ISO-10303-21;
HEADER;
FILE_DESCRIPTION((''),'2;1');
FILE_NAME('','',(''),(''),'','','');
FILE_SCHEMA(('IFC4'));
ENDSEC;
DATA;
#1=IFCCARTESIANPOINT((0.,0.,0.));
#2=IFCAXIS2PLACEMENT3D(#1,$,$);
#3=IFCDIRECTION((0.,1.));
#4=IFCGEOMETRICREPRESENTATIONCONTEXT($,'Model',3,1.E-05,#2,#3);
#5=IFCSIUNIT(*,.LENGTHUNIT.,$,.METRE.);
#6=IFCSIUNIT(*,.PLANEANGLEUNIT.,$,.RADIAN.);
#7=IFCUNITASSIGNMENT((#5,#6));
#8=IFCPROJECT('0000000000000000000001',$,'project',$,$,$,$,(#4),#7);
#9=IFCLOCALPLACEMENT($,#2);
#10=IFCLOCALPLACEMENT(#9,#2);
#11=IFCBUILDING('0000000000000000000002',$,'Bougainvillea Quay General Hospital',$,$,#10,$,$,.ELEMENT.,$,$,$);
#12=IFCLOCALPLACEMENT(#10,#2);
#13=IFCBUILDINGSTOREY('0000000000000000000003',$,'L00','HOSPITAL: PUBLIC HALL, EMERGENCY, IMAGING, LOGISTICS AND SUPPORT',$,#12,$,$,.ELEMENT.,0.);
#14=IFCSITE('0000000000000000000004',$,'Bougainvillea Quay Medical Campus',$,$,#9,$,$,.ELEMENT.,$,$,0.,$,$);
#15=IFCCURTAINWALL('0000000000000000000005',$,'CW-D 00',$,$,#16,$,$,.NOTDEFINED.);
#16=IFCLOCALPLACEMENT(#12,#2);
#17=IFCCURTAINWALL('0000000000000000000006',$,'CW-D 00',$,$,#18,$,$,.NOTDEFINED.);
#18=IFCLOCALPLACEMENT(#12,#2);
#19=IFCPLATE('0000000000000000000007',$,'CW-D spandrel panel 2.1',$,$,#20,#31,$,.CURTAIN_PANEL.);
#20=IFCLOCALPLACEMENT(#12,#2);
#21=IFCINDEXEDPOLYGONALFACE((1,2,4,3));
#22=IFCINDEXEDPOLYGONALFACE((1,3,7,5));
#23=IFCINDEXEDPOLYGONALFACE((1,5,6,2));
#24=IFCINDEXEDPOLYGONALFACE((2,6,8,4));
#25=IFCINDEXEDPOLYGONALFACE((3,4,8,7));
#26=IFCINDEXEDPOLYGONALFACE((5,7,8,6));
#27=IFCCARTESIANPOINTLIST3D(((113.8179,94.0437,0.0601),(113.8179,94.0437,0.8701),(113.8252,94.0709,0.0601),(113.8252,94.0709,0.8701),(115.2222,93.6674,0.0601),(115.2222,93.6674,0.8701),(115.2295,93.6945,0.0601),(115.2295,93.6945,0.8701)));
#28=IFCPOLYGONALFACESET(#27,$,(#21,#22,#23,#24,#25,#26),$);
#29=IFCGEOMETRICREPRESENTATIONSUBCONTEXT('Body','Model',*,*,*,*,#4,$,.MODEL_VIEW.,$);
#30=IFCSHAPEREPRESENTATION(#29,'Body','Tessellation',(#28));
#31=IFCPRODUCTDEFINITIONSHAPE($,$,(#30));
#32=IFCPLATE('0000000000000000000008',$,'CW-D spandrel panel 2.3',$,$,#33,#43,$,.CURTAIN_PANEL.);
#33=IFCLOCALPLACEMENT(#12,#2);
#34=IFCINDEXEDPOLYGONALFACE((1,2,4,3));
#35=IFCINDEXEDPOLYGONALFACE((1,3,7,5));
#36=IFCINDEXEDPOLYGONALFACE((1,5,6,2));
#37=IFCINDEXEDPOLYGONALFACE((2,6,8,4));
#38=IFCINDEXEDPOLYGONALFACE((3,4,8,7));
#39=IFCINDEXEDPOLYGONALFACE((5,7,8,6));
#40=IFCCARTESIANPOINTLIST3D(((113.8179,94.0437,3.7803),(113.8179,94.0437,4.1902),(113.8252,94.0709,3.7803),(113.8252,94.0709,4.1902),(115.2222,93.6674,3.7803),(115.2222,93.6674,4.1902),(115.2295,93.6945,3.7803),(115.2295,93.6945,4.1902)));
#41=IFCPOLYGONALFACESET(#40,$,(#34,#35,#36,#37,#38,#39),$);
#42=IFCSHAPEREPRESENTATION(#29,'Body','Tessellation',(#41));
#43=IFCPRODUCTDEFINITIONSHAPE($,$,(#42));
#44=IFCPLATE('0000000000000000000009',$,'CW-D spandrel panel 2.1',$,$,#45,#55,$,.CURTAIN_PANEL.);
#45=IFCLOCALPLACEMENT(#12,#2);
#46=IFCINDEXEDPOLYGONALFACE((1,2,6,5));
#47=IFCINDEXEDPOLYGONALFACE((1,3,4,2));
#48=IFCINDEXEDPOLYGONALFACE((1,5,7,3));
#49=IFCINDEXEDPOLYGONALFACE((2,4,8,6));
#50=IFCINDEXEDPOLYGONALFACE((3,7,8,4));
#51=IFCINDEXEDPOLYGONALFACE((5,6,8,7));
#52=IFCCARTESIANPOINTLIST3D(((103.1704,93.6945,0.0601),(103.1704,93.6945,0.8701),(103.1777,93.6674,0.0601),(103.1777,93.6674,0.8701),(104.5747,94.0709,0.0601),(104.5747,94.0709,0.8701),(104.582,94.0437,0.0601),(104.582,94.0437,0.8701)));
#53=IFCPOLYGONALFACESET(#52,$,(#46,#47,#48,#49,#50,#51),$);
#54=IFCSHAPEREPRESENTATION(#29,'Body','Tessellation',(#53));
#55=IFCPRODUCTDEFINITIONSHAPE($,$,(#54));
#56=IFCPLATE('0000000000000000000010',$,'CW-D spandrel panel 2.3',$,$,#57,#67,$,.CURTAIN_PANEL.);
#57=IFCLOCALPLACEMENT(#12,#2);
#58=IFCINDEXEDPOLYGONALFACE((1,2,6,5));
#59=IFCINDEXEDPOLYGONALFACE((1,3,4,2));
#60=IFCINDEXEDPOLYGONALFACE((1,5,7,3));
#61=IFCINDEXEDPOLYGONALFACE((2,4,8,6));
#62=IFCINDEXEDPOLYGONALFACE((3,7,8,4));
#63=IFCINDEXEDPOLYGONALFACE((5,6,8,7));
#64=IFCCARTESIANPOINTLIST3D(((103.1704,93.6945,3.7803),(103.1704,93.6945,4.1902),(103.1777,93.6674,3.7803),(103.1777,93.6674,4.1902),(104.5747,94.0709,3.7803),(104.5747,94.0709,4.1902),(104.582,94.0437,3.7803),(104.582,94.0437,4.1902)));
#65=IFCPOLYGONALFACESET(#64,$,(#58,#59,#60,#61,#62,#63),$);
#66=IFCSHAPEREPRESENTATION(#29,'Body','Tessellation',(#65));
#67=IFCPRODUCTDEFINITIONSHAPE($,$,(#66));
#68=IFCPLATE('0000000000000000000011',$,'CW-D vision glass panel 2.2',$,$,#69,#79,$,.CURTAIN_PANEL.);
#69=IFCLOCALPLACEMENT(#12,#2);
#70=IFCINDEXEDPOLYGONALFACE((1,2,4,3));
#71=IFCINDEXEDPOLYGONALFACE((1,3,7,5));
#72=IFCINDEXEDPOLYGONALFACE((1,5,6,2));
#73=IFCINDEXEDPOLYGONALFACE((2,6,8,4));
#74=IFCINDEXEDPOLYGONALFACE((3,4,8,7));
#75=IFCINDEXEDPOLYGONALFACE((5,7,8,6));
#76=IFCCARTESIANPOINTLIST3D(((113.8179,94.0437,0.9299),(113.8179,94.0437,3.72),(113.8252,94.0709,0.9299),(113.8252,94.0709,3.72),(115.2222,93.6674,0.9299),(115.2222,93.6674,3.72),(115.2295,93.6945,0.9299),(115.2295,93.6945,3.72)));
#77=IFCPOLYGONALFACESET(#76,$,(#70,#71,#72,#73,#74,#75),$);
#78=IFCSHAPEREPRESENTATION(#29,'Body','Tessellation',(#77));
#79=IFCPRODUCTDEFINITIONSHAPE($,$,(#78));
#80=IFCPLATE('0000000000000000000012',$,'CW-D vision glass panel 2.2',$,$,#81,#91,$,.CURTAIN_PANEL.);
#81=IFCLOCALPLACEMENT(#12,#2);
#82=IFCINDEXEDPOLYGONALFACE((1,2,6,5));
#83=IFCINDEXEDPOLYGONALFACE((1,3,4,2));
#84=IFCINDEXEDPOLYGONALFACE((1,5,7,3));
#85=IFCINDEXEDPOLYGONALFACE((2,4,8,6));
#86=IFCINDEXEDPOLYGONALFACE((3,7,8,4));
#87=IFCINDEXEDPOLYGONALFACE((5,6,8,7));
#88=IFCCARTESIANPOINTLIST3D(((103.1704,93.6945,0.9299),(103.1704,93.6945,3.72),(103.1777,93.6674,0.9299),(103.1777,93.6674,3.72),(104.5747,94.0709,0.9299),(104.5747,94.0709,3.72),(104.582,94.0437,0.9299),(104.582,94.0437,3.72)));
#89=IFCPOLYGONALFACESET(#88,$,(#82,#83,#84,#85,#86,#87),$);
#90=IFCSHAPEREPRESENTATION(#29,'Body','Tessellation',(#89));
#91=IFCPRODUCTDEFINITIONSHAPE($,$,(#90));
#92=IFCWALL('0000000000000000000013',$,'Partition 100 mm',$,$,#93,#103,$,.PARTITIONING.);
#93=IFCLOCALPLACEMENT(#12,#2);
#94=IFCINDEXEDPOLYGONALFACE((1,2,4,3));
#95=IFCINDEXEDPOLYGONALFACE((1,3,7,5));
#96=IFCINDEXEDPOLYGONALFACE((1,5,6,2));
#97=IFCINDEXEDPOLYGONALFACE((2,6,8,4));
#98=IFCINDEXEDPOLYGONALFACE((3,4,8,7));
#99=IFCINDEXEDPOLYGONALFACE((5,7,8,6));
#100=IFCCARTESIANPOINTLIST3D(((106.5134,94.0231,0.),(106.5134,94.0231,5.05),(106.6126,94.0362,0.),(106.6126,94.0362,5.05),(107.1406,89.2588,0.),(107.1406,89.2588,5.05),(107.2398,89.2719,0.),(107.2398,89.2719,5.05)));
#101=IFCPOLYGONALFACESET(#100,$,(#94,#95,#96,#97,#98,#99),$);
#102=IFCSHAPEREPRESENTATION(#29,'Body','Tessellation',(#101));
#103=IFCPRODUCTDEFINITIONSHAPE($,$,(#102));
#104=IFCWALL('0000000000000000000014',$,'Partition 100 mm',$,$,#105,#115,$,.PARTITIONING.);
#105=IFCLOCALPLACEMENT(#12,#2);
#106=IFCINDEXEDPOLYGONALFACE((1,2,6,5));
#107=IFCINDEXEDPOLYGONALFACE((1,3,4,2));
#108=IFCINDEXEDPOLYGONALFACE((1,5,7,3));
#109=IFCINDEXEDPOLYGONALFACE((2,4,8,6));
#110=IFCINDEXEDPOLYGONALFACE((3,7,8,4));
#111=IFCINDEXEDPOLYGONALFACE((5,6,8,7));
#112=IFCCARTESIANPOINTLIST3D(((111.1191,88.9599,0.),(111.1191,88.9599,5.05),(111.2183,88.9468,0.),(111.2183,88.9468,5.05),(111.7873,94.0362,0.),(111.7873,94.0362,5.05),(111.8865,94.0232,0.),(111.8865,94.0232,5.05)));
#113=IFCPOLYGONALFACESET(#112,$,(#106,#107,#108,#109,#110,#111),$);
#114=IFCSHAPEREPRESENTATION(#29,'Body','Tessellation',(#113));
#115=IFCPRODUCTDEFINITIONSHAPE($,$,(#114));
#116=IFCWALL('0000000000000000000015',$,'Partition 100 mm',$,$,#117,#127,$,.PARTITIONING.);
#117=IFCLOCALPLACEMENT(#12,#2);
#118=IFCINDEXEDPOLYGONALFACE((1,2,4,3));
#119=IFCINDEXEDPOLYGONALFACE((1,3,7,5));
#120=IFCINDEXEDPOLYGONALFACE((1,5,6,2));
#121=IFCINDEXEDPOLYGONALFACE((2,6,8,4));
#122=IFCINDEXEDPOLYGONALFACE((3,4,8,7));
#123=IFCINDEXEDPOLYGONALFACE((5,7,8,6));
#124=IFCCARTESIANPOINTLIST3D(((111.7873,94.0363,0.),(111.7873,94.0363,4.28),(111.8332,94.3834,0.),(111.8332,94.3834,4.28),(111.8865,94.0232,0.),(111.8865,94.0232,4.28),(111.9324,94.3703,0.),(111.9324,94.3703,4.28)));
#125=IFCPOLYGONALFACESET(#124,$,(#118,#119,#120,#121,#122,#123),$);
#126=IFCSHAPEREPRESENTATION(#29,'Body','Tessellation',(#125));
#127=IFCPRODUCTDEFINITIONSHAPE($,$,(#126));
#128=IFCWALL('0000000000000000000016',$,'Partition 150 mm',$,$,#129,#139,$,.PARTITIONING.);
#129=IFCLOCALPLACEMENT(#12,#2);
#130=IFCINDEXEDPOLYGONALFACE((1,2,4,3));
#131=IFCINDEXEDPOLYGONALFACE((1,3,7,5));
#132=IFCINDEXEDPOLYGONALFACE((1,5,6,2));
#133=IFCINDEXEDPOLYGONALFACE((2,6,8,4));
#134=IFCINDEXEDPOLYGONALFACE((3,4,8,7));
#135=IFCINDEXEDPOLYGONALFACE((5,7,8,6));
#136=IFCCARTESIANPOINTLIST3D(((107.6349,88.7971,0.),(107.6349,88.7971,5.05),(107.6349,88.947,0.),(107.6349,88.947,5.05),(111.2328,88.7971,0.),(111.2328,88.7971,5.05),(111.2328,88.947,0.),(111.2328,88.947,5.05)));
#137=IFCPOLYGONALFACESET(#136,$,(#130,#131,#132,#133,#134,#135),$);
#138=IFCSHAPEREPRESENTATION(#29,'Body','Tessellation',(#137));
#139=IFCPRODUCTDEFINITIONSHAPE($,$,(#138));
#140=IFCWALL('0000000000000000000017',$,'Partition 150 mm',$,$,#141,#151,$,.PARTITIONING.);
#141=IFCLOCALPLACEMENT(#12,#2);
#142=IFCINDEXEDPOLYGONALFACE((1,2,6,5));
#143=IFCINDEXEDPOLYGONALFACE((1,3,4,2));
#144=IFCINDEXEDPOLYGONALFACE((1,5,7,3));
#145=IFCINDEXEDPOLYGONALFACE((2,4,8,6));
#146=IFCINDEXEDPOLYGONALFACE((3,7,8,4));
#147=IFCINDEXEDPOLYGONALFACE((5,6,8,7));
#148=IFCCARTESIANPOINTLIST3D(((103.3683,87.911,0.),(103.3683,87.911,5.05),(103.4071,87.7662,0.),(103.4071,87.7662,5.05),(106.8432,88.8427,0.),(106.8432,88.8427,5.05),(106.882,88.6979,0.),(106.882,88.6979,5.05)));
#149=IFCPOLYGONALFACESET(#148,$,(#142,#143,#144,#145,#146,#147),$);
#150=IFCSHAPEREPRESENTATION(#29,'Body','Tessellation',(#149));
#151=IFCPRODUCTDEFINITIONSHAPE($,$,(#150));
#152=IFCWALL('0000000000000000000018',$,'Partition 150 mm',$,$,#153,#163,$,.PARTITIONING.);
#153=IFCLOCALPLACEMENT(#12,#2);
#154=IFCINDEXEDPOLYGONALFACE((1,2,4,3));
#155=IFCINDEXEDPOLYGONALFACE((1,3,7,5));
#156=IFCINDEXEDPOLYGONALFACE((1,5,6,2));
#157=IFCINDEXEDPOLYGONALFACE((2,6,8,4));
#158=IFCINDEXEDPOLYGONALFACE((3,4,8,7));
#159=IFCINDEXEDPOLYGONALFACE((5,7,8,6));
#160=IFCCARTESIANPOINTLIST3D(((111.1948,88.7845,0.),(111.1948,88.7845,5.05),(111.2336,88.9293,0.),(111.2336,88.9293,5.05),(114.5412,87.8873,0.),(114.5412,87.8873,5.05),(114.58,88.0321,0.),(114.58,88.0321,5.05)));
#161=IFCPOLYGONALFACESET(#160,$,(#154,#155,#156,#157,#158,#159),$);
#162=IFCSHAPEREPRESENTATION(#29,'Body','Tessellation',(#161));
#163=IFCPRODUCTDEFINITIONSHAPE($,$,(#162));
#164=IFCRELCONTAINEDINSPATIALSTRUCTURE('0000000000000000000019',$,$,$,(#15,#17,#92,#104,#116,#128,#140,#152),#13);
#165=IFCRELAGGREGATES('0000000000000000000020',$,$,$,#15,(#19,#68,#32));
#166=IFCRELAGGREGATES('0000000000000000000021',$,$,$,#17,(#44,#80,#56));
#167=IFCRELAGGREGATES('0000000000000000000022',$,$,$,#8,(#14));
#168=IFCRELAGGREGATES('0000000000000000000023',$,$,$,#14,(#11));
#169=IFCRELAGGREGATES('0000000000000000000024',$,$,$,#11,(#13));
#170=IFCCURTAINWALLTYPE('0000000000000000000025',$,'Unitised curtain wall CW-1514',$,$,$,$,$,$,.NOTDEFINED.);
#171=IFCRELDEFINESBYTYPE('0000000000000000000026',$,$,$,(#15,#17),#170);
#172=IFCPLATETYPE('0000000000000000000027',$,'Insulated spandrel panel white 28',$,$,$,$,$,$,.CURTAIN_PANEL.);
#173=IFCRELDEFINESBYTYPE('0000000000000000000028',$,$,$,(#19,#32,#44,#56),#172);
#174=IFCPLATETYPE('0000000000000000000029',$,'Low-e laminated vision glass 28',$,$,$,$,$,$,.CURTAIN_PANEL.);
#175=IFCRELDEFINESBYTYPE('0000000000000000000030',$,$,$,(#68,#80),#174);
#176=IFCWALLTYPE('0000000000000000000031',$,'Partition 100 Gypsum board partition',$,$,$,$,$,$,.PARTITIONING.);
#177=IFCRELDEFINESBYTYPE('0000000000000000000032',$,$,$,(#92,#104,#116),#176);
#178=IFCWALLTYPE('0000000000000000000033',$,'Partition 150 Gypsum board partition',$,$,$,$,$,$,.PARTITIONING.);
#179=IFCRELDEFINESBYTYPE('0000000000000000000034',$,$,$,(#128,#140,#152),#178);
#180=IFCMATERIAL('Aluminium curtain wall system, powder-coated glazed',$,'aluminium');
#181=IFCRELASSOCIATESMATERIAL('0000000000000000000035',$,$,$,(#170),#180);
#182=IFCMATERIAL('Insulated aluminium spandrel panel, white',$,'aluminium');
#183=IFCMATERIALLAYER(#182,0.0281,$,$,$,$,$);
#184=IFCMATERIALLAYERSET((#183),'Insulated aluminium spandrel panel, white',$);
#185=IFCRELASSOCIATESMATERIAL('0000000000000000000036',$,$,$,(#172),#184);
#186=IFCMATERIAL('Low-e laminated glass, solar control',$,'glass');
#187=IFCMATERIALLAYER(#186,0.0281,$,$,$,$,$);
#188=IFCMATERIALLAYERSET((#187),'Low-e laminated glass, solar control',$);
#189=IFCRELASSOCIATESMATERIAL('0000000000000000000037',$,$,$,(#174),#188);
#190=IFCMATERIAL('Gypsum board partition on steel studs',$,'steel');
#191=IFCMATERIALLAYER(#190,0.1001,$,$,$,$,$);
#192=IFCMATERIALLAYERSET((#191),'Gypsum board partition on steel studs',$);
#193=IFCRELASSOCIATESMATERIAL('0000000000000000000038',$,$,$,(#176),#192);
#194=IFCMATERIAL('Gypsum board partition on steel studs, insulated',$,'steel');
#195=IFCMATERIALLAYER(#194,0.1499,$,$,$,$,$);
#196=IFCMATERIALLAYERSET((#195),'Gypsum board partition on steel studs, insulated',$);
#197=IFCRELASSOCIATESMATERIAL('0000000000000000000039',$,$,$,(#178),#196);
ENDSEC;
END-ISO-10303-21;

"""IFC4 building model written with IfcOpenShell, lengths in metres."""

from ifc_helpers import new_model, si_unit, direction, frame, frame_2d, origin, origin_2d, place, context, subcontext, project, spatial, rectangle, extrude, material, layer, layer_set, type_object, element, aggregate, save


model = new_model("IFC4")

# Units and contexts
model_context = context("Model", 3, precision=1e-05, world=origin(), true_north=direction((0.0, 1.0)))
body_context = subcontext(model_context, "Body", "Model", "MODEL_VIEW")
ifc_project = project(units=[si_unit("LENGTHUNIT", "METRE"), si_unit("PLANEANGLEUNIT", "RADIAN")], contexts=[model_context])

# Site, building, storey
site_placement = place(None, origin())
site = spatial("IfcSite", under=ifc_project, at=site_placement, Name="Bougainvillea Quay Medical Campus", CompositionType="ELEMENT", RefElevation=0.0)
building_placement = place(site_placement, origin())
building = spatial("IfcBuilding", under=site, at=building_placement, Name="Bougainvillea Quay General Hospital", CompositionType="ELEMENT")
storey_placement = place(building_placement, origin())
storey = spatial("IfcBuildingStorey", under=building, at=storey_placement, Name="L00", Description="HOSPITAL: PUBLIC HALL, EMERGENCY, IMAGING, LOGISTICS AND SUPPORT", CompositionType="ELEMENT", Elevation=0.0)

# Curtain walls
ifc_material_1 = material(Name="Aluminium curtain wall system, powder-coated glazed", Category="aluminium")
curtain_wall_type = type_object("IfcCurtainWallType", Name="Unitised curtain wall CW-1514", PredefinedType="NOTDEFINED", material=ifc_material_1)
curtain_wall_1_placement = place(storey_placement, origin())
curtain_wall_1 = element("IfcCurtainWall", 1, at=curtain_wall_1_placement, inside=storey, type_object=curtain_wall_type, Name="CW-D 00", PredefinedType="NOTDEFINED")
curtain_wall_2_placement = place(storey_placement, origin())
curtain_wall_2 = element("IfcCurtainWall", 2, at=curtain_wall_2_placement, inside=storey, type_object=curtain_wall_type, Name="CW-D 00", PredefinedType="NOTDEFINED")

# Plates
ifc_material_2 = material(Name="Insulated aluminium spandrel panel, white", Category="aluminium")
ifc_layer_1 = layer(ifc_material_2, 0.0281)
ifc_layer_set_1 = layer_set([ifc_layer_1], Name="Insulated aluminium spandrel panel, white")
plate_type_1 = type_object("IfcPlateType", Name="Insulated spandrel panel white 28", PredefinedType="CURTAIN_PANEL", material=ifc_layer_set_1)
plate_1_placement = place(storey_placement, frame((114.5237, 93.8691, 0.0601), z_axis=(0.0, 0.0, 1.0), x_axis=(-0.965916, 0.258855, 0.0)))
plate_1 = element("IfcPlate", 3, at=plate_1_placement, type_object=plate_type_1, Name="CW-D spandrel panel 2.1", PredefinedType="CURTAIN_PANEL", context=body_context, shape_type="SweptSolid", body=[
    extrude(rectangle(XDim=1.4539, YDim=0.0281, at=origin_2d()), origin(), (0.0, 0.0, 1.0), 0.8101),
])
plate_2_placement = place(storey_placement, frame((114.5237, 93.8691, 3.7803), z_axis=(0.0, 0.0, 1.0), x_axis=(-0.965916, 0.258855, 0.0)))
plate_2 = element("IfcPlate", 4, at=plate_2_placement, type_object=plate_type_1, Name="CW-D spandrel panel 2.3", PredefinedType="CURTAIN_PANEL", context=body_context, shape_type="SweptSolid", body=[
    extrude(rectangle(XDim=1.4539, YDim=0.0281, at=origin_2d()), origin(), (0.0, 0.0, 1.0), 0.4099),
])
plate_3_placement = place(storey_placement, frame((103.8762, 93.8691, 0.0601), z_axis=(0.0, 0.0, 1.0), x_axis=(-0.965916, -0.258855, 0.0)))
plate_3 = element("IfcPlate", 5, at=plate_3_placement, type_object=plate_type_1, Name="CW-D spandrel panel 2.1", PredefinedType="CURTAIN_PANEL", context=body_context, shape_type="SweptSolid", body=[
    extrude(rectangle(XDim=1.4539, YDim=0.0281, at=origin_2d()), origin(), (0.0, 0.0, 1.0), 0.8101),
])
plate_4_placement = place(storey_placement, frame((103.8762, 93.8691, 3.7803), z_axis=(0.0, 0.0, 1.0), x_axis=(-0.965916, -0.258855, 0.0)))
plate_4 = element("IfcPlate", 6, at=plate_4_placement, type_object=plate_type_1, Name="CW-D spandrel panel 2.3", PredefinedType="CURTAIN_PANEL", context=body_context, shape_type="SweptSolid", body=[
    extrude(rectangle(XDim=1.4539, YDim=0.0281, at=origin_2d()), origin(), (0.0, 0.0, 1.0), 0.4099),
])
ifc_material_3 = material(Name="Low-e laminated glass, solar control", Category="glass")
ifc_layer_2 = layer(ifc_material_3, 0.0281)
ifc_layer_set_2 = layer_set([ifc_layer_2], Name="Low-e laminated glass, solar control")
plate_type_2 = type_object("IfcPlateType", Name="Low-e laminated vision glass 28", PredefinedType="CURTAIN_PANEL", material=ifc_layer_set_2)
plate_5_placement = place(storey_placement, frame((114.5237, 93.8691, 0.9299), z_axis=(0.0, 0.0, 1.0), x_axis=(-0.965916, 0.258855, 0.0)))
plate_5 = element("IfcPlate", 7, at=plate_5_placement, type_object=plate_type_2, Name="CW-D vision glass panel 2.2", PredefinedType="CURTAIN_PANEL", context=body_context, shape_type="SweptSolid", body=[
    extrude(rectangle(XDim=1.4539, YDim=0.0281, at=origin_2d()), origin(), (0.0, 0.0, 1.0), 2.79),
])
aggregate(curtain_wall_1, [plate_1, plate_5, plate_2])
plate_6_placement = place(storey_placement, frame((103.8762, 93.8691, 0.9299), z_axis=(0.0, 0.0, 1.0), x_axis=(-0.965916, -0.258855, 0.0)))
plate_6 = element("IfcPlate", 8, at=plate_6_placement, type_object=plate_type_2, Name="CW-D vision glass panel 2.2", PredefinedType="CURTAIN_PANEL", context=body_context, shape_type="SweptSolid", body=[
    extrude(rectangle(XDim=1.4539, YDim=0.0281, at=origin_2d()), origin(), (0.0, 0.0, 1.0), 2.79),
])
aggregate(curtain_wall_2, [plate_3, plate_6, plate_4])

# Walls
ifc_material_4 = material(Name="Gypsum board partition on steel studs", Category="steel")
ifc_layer_3 = layer(ifc_material_4, 0.1001)
ifc_layer_set_3 = layer_set([ifc_layer_3], Name="Gypsum board partition on steel studs")
wall_type_1 = type_object("IfcWallType", Name="Partition 100 Gypsum board partition", PredefinedType="PARTITIONING", material=ifc_layer_set_3)
wall_1_placement = place(storey_placement, frame((106.563, 94.0298, 0.0), z_axis=(0.0, 0.0, 1.0), x_axis=(0.130516, -0.991446, 0.0)))
element("IfcWall", 9, at=wall_1_placement, inside=storey, type_object=wall_type_1, Name="Partition 100 mm", PredefinedType="PARTITIONING", context=body_context, shape_type="SweptSolid", body=[
    extrude(rectangle(XDim=4.8054, YDim=0.1001, at=frame_2d((2.4028, 0.0))), origin(), (0.0, 0.0, 1.0), 5.05),
])
wall_2_placement = place(storey_placement, frame((111.1687, 88.9534, 0.0), z_axis=(0.0, 0.0, 1.0), x_axis=(0.130505, 0.991448, 0.0)))
element("IfcWall", 10, at=wall_2_placement, inside=storey, type_object=wall_type_1, Name="Partition 100 mm", PredefinedType="PARTITIONING", context=body_context, shape_type="SweptSolid", body=[
    extrude(rectangle(XDim=5.1201, YDim=0.1001, at=frame_2d((2.5601, 0.0))), origin(), (0.0, 0.0, 1.0), 5.05),
])
wall_3_placement = place(storey_placement, frame((111.8369, 94.0298, 0.0), z_axis=(0.0, 0.0, 1.0), x_axis=(0.131068, 0.991373, 0.0)))
element("IfcWall", 11, at=wall_3_placement, inside=storey, type_object=wall_type_1, Name="Partition 100 mm", PredefinedType="PARTITIONING", context=body_context, shape_type="SweptSolid", body=[
    extrude(rectangle(XDim=0.3501, YDim=0.1001, at=frame_2d((0.175, 0.0))), origin(), (0.0, 0.0, 1.0), 4.28),
])
ifc_material_5 = material(Name="Gypsum board partition on steel studs, insulated", Category="steel")
ifc_layer_4 = layer(ifc_material_5, 0.1499)
ifc_layer_set_4 = layer_set([ifc_layer_4], Name="Gypsum board partition on steel studs, insulated")
wall_type_2 = type_object("IfcWallType", Name="Partition 150 Gypsum board partition", PredefinedType="PARTITIONING", material=ifc_layer_set_4)
wall_4_placement = place(storey_placement, frame((107.635, 88.8721, 0.0), z_axis=(0.0, 0.0, 1.0), x_axis=(1.0, 0.0, 0.0)))
element("IfcWall", 12, at=wall_4_placement, inside=storey, type_object=wall_type_2, Name="Partition 150 mm", PredefinedType="PARTITIONING", context=body_context, shape_type="SweptSolid", body=[
    extrude(rectangle(XDim=3.5979, YDim=0.1499, at=frame_2d((1.7988, 0.0))), origin(), (0.0, 0.0, 1.0), 5.05),
])
wall_5_placement = place(storey_placement, frame((103.3877, 87.8386, 0.0), z_axis=(0.0, 0.0, 1.0), x_axis=(0.965887, 0.258963, 0.0)))
element("IfcWall", 13, at=wall_5_placement, inside=storey, type_object=wall_type_2, Name="Partition 150 mm", PredefinedType="PARTITIONING", context=body_context, shape_type="SweptSolid", body=[
    extrude(rectangle(XDim=3.5977, YDim=0.1499, at=frame_2d((1.7988, 0.0))), origin(), (0.0, 0.0, 1.0), 5.05),
])
wall_6_placement = place(storey_placement, frame((111.2141, 88.8569, 0.0), z_axis=(0.0, 0.0, 1.0), x_axis=(0.965887, -0.258965, 0.0)))
element("IfcWall", 14, at=wall_6_placement, inside=storey, type_object=wall_type_2, Name="Partition 150 mm", PredefinedType="PARTITIONING", context=body_context, shape_type="SweptSolid", body=[
    extrude(rectangle(XDim=3.4646, YDim=0.1499, at=frame_2d((1.7324, 0.0))), origin(), (0.0, 0.0, 1.0), 5.05),
])

save(model, "model.ifc")
